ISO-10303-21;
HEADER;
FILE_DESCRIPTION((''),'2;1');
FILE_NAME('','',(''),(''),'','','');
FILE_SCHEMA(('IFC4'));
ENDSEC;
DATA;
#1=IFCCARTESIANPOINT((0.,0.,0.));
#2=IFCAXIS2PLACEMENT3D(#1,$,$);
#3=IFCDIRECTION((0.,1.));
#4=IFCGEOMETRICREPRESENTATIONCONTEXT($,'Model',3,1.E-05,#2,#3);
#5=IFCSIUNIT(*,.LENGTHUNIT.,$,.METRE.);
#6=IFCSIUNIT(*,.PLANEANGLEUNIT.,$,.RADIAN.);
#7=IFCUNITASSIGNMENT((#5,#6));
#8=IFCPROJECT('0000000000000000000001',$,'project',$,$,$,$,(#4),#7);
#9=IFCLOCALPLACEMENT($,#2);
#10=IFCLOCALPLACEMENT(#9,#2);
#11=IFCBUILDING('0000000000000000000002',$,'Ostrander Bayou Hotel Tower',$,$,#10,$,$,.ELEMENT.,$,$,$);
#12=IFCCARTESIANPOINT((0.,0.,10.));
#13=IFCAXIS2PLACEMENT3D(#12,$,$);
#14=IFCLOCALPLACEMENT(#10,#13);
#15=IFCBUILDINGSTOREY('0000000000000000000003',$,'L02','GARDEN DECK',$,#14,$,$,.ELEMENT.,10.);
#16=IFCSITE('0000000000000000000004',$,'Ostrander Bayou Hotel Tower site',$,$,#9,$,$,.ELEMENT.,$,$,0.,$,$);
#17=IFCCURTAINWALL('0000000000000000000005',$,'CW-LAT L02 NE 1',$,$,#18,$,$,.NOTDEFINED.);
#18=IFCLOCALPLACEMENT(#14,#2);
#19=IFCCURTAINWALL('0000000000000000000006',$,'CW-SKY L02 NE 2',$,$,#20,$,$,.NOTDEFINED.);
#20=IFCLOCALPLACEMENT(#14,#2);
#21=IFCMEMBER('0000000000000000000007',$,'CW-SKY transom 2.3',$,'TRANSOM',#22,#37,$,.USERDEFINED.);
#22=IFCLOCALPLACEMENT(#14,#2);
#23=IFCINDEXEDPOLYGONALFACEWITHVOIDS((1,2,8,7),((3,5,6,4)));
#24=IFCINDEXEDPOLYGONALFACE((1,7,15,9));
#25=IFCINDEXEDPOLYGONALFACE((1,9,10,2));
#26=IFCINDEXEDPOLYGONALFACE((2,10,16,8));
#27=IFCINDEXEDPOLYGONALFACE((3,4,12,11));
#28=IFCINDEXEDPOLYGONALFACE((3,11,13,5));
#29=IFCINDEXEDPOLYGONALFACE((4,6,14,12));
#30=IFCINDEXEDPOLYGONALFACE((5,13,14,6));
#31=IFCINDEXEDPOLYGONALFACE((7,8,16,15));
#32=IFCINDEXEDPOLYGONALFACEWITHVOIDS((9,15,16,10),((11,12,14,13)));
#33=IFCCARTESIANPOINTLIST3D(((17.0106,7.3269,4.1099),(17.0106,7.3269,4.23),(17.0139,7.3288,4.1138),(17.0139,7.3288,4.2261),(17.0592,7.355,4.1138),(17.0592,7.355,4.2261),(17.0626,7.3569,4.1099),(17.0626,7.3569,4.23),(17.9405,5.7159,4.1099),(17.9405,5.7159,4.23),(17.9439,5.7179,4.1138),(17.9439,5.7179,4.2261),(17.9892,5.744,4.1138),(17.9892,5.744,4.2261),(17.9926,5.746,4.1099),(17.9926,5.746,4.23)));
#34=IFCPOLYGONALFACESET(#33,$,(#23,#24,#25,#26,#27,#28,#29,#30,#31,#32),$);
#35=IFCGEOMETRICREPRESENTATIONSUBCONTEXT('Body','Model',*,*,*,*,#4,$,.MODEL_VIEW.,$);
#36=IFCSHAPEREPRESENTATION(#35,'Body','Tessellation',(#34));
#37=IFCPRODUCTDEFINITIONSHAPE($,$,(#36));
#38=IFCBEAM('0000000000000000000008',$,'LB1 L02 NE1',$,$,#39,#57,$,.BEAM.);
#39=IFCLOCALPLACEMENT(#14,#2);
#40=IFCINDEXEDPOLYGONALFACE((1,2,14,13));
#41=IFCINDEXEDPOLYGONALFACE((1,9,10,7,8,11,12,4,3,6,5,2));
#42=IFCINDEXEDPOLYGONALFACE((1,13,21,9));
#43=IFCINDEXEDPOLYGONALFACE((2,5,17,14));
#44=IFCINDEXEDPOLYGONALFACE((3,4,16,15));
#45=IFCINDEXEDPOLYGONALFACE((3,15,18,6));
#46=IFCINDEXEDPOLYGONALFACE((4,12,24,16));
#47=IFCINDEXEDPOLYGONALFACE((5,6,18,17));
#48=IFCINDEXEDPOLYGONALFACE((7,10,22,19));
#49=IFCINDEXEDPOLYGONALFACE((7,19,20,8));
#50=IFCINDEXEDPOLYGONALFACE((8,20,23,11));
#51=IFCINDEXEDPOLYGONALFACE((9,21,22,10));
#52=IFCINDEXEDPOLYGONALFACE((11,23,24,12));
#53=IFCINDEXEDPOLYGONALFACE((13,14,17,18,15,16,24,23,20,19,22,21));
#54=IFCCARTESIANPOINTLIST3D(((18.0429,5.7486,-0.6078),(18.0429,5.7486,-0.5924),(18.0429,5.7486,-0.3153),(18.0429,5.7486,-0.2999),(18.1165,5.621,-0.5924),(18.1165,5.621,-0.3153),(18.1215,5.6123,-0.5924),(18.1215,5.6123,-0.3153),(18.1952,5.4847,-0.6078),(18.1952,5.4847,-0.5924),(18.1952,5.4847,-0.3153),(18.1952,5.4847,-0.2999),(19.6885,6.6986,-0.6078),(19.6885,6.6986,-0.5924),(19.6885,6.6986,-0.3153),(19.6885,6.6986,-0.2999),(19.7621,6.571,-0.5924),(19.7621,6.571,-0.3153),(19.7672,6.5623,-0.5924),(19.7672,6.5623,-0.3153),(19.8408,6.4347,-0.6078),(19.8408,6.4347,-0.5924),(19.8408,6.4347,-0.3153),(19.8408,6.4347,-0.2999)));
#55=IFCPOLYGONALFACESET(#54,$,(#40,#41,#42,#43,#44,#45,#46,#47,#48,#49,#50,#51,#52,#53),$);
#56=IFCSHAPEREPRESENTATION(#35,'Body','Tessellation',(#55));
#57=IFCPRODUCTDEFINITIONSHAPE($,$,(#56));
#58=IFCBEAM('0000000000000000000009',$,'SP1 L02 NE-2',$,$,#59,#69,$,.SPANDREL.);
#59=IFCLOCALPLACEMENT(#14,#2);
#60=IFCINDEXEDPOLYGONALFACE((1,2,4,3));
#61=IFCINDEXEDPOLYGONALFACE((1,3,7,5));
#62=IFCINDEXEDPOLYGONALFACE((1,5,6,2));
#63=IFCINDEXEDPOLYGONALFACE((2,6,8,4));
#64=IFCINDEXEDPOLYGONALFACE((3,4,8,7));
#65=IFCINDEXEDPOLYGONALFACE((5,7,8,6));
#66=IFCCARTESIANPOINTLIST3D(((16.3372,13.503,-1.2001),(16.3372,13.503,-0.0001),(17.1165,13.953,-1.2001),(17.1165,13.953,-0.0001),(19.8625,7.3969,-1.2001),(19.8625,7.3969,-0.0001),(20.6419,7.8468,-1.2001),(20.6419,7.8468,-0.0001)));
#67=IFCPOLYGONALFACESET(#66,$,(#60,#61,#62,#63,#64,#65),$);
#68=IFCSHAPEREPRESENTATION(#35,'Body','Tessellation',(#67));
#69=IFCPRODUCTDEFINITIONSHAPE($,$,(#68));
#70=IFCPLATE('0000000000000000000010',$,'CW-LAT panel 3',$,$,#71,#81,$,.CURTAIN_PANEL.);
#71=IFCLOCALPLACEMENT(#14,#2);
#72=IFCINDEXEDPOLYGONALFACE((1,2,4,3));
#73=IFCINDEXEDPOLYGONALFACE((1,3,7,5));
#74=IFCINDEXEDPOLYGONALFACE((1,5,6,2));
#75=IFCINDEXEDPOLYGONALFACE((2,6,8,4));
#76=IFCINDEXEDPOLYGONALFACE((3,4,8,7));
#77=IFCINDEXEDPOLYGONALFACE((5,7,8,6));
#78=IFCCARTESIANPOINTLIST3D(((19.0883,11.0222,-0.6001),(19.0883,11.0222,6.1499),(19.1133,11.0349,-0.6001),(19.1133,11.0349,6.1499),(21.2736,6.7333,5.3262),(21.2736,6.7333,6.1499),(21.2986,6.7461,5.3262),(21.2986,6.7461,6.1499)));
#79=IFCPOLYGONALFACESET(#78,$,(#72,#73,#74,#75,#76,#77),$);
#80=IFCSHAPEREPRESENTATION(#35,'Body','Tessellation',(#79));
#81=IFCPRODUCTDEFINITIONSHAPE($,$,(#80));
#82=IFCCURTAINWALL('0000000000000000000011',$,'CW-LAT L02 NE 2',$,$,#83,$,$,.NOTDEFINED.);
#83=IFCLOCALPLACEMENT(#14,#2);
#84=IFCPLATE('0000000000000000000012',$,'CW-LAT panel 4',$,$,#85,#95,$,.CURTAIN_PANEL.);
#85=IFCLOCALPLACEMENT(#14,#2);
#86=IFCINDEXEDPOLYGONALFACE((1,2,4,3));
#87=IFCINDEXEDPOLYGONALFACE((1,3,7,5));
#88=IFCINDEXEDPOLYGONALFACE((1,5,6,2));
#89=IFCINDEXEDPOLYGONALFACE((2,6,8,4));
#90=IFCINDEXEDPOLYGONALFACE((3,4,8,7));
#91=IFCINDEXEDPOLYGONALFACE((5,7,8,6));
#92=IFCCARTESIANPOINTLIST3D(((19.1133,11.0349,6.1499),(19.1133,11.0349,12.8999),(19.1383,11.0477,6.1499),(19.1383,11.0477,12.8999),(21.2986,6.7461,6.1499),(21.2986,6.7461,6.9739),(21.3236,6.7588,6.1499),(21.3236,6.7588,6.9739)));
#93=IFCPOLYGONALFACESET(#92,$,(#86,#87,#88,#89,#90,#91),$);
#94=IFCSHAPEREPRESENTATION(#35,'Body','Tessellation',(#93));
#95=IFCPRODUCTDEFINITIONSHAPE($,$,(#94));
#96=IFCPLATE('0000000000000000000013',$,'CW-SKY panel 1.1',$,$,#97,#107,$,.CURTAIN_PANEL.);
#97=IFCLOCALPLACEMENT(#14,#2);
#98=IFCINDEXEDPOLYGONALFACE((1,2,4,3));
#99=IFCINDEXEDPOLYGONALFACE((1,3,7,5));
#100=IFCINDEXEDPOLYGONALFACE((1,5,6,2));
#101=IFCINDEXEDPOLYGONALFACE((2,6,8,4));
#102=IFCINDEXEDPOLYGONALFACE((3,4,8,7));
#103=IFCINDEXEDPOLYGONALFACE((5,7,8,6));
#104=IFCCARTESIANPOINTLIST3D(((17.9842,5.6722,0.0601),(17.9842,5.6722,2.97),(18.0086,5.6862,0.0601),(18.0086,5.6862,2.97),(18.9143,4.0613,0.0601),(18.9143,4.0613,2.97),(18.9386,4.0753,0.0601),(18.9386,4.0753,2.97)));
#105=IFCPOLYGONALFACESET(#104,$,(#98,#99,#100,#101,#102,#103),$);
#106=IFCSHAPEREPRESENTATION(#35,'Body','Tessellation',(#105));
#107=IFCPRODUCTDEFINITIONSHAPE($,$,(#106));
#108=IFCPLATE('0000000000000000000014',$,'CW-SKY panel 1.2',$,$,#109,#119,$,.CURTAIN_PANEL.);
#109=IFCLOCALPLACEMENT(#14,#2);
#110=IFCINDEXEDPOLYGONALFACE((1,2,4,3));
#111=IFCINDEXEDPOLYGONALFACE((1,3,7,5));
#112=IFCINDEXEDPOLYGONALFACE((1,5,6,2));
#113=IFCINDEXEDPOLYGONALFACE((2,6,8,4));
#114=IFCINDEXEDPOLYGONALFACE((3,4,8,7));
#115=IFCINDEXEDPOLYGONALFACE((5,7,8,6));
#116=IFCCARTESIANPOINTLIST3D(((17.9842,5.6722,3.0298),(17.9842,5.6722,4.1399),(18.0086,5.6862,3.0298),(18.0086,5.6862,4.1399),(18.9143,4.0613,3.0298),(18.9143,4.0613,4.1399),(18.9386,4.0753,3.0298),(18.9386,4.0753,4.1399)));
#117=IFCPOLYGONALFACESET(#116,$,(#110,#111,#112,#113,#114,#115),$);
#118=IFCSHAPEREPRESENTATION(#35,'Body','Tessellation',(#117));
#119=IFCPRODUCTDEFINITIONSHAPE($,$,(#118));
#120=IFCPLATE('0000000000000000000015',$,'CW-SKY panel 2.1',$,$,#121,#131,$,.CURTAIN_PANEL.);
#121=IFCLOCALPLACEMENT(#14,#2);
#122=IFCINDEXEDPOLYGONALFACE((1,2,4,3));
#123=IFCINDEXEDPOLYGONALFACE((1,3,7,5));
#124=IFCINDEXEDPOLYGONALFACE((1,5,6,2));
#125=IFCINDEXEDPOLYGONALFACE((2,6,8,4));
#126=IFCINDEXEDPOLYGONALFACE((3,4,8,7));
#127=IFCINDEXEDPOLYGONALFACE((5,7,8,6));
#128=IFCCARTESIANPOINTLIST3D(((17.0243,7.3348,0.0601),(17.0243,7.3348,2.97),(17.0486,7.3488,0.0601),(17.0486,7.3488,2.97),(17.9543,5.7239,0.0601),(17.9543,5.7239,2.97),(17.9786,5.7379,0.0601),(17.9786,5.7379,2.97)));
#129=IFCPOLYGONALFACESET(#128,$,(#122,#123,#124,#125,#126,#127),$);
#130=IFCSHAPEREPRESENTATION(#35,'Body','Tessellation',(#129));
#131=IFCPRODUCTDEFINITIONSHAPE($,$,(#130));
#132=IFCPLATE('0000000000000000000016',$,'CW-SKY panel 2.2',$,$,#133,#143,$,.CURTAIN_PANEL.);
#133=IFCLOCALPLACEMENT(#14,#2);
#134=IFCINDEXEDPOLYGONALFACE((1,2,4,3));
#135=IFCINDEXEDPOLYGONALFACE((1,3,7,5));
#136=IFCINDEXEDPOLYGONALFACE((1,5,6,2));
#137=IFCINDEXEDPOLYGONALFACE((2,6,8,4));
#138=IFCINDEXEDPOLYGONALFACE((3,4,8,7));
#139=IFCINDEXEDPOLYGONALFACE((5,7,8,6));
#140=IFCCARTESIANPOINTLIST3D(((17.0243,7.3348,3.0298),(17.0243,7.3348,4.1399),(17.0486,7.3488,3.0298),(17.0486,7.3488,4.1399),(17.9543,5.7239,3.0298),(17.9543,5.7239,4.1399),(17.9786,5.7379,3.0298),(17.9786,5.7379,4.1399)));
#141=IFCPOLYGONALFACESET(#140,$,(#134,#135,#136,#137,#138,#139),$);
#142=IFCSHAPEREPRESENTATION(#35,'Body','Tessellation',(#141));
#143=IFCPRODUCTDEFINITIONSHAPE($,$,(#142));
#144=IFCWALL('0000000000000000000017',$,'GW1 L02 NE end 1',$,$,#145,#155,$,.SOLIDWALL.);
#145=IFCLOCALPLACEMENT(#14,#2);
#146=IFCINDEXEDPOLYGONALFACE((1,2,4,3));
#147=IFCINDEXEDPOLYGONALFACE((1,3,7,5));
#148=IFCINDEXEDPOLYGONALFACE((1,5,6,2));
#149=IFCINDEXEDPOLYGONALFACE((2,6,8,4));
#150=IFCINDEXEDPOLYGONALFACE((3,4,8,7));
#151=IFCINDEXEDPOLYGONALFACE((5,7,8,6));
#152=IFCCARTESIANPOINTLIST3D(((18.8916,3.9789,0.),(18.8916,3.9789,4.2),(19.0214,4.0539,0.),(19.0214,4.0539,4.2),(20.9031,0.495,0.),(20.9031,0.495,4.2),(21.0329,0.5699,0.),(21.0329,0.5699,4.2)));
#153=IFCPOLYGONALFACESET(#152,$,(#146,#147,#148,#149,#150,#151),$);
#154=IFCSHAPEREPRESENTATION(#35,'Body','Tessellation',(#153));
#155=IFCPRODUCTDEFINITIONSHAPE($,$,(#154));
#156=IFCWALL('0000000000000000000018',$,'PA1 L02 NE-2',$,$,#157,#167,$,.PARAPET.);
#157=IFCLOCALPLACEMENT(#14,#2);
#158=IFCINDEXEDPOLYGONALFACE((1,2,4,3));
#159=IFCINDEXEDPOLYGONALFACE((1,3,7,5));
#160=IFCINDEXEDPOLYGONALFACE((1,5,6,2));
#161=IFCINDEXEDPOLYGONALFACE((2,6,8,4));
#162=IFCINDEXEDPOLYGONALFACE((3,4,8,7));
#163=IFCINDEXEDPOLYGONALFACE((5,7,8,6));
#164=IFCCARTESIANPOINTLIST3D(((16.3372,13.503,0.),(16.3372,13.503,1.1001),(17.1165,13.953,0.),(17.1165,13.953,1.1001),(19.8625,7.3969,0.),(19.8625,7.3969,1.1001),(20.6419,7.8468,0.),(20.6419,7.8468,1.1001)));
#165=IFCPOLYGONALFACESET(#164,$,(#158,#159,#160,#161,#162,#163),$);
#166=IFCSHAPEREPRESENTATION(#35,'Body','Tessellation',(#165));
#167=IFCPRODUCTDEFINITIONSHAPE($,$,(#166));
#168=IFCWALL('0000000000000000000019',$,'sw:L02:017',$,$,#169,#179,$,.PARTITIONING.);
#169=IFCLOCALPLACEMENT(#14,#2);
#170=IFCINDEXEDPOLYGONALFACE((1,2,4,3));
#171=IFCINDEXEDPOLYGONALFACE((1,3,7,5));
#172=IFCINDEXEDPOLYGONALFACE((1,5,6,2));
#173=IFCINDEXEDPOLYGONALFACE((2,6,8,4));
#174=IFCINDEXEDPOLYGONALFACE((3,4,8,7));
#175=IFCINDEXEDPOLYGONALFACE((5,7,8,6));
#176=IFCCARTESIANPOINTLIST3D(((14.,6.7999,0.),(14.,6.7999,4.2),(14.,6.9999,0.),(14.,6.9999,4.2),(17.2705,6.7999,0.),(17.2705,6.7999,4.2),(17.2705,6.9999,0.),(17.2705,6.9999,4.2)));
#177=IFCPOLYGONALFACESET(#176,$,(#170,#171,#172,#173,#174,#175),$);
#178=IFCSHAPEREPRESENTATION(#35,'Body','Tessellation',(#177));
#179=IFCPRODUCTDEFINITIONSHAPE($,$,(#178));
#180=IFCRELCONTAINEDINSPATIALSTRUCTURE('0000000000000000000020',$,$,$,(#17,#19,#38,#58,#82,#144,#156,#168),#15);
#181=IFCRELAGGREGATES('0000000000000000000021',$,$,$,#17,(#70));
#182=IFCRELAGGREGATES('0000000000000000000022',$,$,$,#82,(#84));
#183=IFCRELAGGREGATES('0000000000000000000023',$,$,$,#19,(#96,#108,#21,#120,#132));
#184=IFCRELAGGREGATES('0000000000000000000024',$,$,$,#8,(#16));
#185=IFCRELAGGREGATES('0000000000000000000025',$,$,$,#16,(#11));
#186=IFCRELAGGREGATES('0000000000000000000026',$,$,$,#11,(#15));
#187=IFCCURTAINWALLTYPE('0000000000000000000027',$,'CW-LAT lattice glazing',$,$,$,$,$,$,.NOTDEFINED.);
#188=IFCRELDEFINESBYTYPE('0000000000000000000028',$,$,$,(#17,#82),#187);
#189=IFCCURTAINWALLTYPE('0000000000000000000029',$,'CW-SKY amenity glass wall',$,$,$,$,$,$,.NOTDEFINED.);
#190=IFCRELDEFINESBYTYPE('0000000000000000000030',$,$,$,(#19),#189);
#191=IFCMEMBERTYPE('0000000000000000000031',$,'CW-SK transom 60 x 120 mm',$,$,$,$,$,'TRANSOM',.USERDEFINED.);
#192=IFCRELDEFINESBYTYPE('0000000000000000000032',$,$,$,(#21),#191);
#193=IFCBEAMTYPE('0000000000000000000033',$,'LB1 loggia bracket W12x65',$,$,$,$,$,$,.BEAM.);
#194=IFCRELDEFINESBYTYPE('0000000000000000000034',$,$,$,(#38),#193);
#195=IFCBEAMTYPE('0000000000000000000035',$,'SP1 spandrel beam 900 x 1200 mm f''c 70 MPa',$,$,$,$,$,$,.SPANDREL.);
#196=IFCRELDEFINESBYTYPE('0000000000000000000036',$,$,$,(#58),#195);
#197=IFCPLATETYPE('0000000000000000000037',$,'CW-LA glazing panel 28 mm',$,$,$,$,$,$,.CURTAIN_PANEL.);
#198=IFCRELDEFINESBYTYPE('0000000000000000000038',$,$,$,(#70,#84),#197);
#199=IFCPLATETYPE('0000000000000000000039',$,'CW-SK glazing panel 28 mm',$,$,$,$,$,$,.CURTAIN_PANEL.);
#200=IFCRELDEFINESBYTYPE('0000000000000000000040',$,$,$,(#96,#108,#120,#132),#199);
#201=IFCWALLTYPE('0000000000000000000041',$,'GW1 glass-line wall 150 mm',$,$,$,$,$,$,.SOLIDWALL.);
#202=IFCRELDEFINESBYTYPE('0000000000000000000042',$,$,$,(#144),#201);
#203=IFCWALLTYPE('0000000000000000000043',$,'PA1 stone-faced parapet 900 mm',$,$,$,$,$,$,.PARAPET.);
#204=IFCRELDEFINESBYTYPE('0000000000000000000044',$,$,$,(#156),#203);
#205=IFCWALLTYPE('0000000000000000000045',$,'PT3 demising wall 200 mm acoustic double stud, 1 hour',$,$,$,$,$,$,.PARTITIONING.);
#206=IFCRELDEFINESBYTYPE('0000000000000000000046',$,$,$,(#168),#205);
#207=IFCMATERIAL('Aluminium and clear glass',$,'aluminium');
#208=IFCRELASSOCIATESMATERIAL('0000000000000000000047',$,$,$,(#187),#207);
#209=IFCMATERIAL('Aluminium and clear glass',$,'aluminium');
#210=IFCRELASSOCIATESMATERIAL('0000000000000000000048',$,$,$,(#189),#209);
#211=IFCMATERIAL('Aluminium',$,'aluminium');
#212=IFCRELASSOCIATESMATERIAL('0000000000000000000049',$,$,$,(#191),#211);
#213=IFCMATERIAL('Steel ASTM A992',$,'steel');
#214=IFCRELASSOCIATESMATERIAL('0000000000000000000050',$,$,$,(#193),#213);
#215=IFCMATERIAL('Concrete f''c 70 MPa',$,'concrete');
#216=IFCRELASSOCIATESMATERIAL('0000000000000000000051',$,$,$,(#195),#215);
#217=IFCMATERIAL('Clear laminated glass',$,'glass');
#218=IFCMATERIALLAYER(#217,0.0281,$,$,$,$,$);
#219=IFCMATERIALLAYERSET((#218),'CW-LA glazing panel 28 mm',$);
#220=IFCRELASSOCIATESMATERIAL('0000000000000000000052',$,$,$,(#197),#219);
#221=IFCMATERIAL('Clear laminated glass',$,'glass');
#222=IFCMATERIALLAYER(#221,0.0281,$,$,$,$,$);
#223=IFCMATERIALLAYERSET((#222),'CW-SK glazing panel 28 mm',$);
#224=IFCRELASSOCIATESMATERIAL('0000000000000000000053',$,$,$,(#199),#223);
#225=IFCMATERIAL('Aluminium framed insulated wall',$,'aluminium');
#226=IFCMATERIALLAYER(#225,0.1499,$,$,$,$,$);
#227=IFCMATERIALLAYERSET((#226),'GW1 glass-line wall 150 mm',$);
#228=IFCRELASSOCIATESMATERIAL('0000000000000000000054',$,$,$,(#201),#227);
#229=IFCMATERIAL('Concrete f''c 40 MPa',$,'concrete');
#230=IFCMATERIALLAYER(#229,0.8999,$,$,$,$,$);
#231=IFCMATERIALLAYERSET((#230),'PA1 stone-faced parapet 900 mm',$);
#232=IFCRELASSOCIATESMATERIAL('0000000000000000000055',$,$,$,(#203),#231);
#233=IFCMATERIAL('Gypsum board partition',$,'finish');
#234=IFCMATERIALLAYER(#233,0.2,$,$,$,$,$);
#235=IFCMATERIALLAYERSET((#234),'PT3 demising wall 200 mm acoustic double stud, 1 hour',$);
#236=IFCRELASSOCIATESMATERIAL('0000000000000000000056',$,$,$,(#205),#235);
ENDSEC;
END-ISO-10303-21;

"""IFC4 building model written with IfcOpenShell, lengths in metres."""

from ifc_helpers import new_model, si_unit, direction, frame, frame_2d, origin, origin_2d, place, context, subcontext, project, spatial, polyline, rectangle, hollow_rectangle, i_section, outline, extrude, material, layer, layer_set, material_profile, profile_set, type_object, element, aggregate, save


model = new_model("IFC4")

# Units and contexts
model_context = context("Model", 3, precision=1e-05, world=origin(), true_north=direction((0.0, 1.0)))
body_context = subcontext(model_context, "Body", "Model", "MODEL_VIEW")
ifc_project = project(units=[si_unit("LENGTHUNIT", "METRE"), si_unit("PLANEANGLEUNIT", "RADIAN")], contexts=[model_context])

# Site, building, storey
site_placement = place(None, origin())
site = spatial("IfcSite", under=ifc_project, at=site_placement, Name="Ostrander Bayou Hotel Tower site", CompositionType="ELEMENT", RefElevation=0.0)
building_placement = place(site_placement, origin())
building = spatial("IfcBuilding", under=site, at=building_placement, Name="Ostrander Bayou Hotel Tower", CompositionType="ELEMENT")
storey_placement = place(building_placement, frame((0.0, 0.0, 10.0)))
storey = spatial("IfcBuildingStorey", under=building, at=storey_placement, Name="L02", Description="GARDEN DECK", CompositionType="ELEMENT", Elevation=10.0)

# Curtain wall
ifc_material_1 = material(Name="Aluminium and clear glass", Category="aluminium")
curtain_wall_type_1 = type_object("IfcCurtainWallType", Name="CW-LAT lattice glazing", PredefinedType="NOTDEFINED", material=ifc_material_1)
curtain_wall_1_placement = place(storey_placement, origin())
curtain_wall_1 = element("IfcCurtainWall", 1, at=curtain_wall_1_placement, inside=storey, type_object=curtain_wall_type_1, Name="CW-LAT L02 NE 1", PredefinedType="NOTDEFINED")

# Curtain wall, member
ifc_material_2 = material(Name="Aluminium and clear glass", Category="aluminium")
curtain_wall_type_2 = type_object("IfcCurtainWallType", Name="CW-SKY amenity glass wall", PredefinedType="NOTDEFINED", material=ifc_material_2)
curtain_wall_2_placement = place(storey_placement, origin())
curtain_wall_2 = element("IfcCurtainWall", 2, at=curtain_wall_2_placement, inside=storey, type_object=curtain_wall_type_2, Name="CW-SKY L02 NE 2", PredefinedType="NOTDEFINED")
ifc_material_3 = material(Name="Aluminium", Category="aluminium")
ifc_material_profile_1 = material_profile(ifc_material_3, hollow_rectangle(XDim=0.0601, YDim=0.1201, WallThickness=0.0039, at=origin_2d()))
ifc_profile_set_1 = profile_set([ifc_material_profile_1], Name="Aluminium")
member_type_1 = type_object("IfcMemberType", Name="CW-SK transom 60 x 120 mm", ElementType="TRANSOM", PredefinedType="USERDEFINED", material=ifc_profile_set_1)
member_1_placement = place(storey_placement, frame((17.9666, 5.731, 4.1699), z_axis=(-0.499965, 0.866046, 0.0), x_axis=(-0.866046, -0.499965, 0.0)))
member_1 = element("IfcMember", 3, at=member_1_placement, type_object=member_type_1, Name="CW-SKY transom 2.3", ObjectType="TRANSOM", PredefinedType="USERDEFINED", context=body_context, shape_type="SweptSolid", body=[
    extrude(hollow_rectangle(XDim=0.0601, YDim=0.1201, WallThickness=0.0039, at=origin_2d()), origin(), (0.0, 0.0, 1.0), 1.8601),
])

# Beams
ifc_material_4 = material(Name="Steel ASTM A992", Category="steel")
ifc_material_profile_2 = material_profile(ifc_material_4, i_section(OverallWidth=0.3047, OverallDepth=0.3079, WebThickness=0.01, FlangeThickness=0.0154, at=origin_2d()))
ifc_profile_set_2 = profile_set([ifc_material_profile_2], Name="Steel ASTM A992")
beam_type_1 = type_object("IfcBeamType", Name="LB1 loggia bracket W12x65", PredefinedType="BEAM", material=ifc_profile_set_2)
beam_1_placement = place(storey_placement, frame((19.7646, 6.5667, -0.4539), z_axis=(-0.866044, -0.499967, 0.0), x_axis=(0.499967, -0.866044, 0.0)))
element("IfcBeam", 4, at=beam_1_placement, inside=storey, type_object=beam_type_1, Name="LB1 L02 NE1", PredefinedType="BEAM", context=body_context, shape_type="SweptSolid", body=[
    extrude(i_section(OverallWidth=0.3047, OverallDepth=0.3079, WebThickness=0.01, FlangeThickness=0.0154, at=origin_2d()), origin(), (0.0, 0.0, 1.0), 1.9001),
])
ifc_material_5 = material(Name="Concrete f'c 70 MPa", Category="concrete")
ifc_material_profile_3 = material_profile(ifc_material_5, rectangle(XDim=0.8999, YDim=1.2, at=origin_2d()))
ifc_profile_set_3 = profile_set([ifc_material_profile_3], Name="Concrete f'c 70 MPa")
beam_type_2 = type_object("IfcBeamType", Name="SP1 spandrel beam 900 x 1200 mm f'c 70 MPa", PredefinedType="SPANDREL", material=ifc_profile_set_3)
beam_2_placement = place(storey_placement, frame((20.2522, 7.6218, -0.6001), z_axis=(-0.499997, 0.866027, 0.0), x_axis=(-0.866027, -0.499997, 0.0)))
element("IfcBeam", 5, at=beam_2_placement, inside=storey, type_object=beam_type_2, Name="SP1 L02 NE-2", PredefinedType="SPANDREL", context=body_context, shape_type="SweptSolid", body=[
    extrude(rectangle(XDim=0.8999, YDim=1.2, at=origin_2d()), origin(), (0.0, 0.0, 1.0), 7.0508),
])

# Plate
ifc_material_6 = material(Name="Clear laminated glass", Category="glass")
ifc_layer_1 = layer(ifc_material_6, 0.0281)
ifc_layer_set_1 = layer_set([ifc_layer_1], Name="CW-LA glazing panel 28 mm")
plate_type_1 = type_object("IfcPlateType", Name="CW-LA glazing panel 28 mm", PredefinedType="CURTAIN_PANEL", material=ifc_layer_set_1)
plate_1_placement = place(storey_placement, frame((21.2986, 6.7461, 5.3262), z_axis=(0.891003, 0.453997, 0.0), x_axis=(-0.286229, 0.561746, -0.776218)))
plate_1 = element("IfcPlate", 6, at=plate_1_placement, type_object=plate_type_1, Name="CW-LAT panel 3", PredefinedType="CURTAIN_PANEL", context=body_context, shape_type="SweptSolid", body=[
    extrude(outline(polyline([(0.0, 0.0), (7.6348, 0.0), (2.3953, 4.2556), (-0.6394, 0.5193), (0.0, 0.0)])), origin(), (0.0, 0.0, -1.0), 0.0281),
])
aggregate(curtain_wall_1, [plate_1])

# Curtain wall, plate
curtain_wall_3_placement = place(storey_placement, origin())
curtain_wall_3 = element("IfcCurtainWall", 7, at=curtain_wall_3_placement, inside=storey, type_object=curtain_wall_type_1, Name="CW-LAT L02 NE 2", PredefinedType="NOTDEFINED")
plate_2_placement = place(storey_placement, frame((21.2986, 6.7461, 6.9739), z_axis=(-0.891003, -0.453997, 0.0), x_axis=(-0.286236, 0.56176, 0.776205)))
plate_2 = element("IfcPlate", 8, at=plate_2_placement, type_object=plate_type_1, Name="CW-LAT panel 4", PredefinedType="CURTAIN_PANEL", context=body_context, shape_type="SweptSolid", body=[
    extrude(outline(polyline([(0.0, 0.0), (7.6346, 0.0), (2.3952, 4.2557), (-0.6396, 0.5195), (0.0, 0.0)])), origin(), (0.0, 0.0, -1.0), 0.0281),
])
aggregate(curtain_wall_3, [plate_2])

# Plates
ifc_material_7 = material(Name="Clear laminated glass", Category="glass")
ifc_layer_2 = layer(ifc_material_7, 0.0281)
ifc_layer_set_2 = layer_set([ifc_layer_2], Name="CW-SK glazing panel 28 mm")
plate_type_2 = type_object("IfcPlateType", Name="CW-SK glazing panel 28 mm", PredefinedType="CURTAIN_PANEL", material=ifc_layer_set_2)
plate_3_placement = place(storey_placement, frame((18.4614, 4.8738, 0.0601), z_axis=(0.0, 0.0, 1.0), x_axis=(-0.5, 0.866025, 0.0)))
plate_3 = element("IfcPlate", 9, at=plate_3_placement, type_object=plate_type_2, Name="CW-SKY panel 1.1", PredefinedType="CURTAIN_PANEL", context=body_context, shape_type="SweptSolid", body=[
    extrude(rectangle(XDim=1.8601, YDim=0.0281, at=origin_2d()), origin(), (0.0, 0.0, 1.0), 2.9099),
])
plate_4_placement = place(storey_placement, frame((18.4614, 4.8738, 3.0298), z_axis=(0.0, 0.0, 1.0), x_axis=(-0.5, 0.866025, 0.0)))
plate_4 = element("IfcPlate", 10, at=plate_4_placement, type_object=plate_type_2, Name="CW-SKY panel 1.2", PredefinedType="CURTAIN_PANEL", context=body_context, shape_type="SweptSolid", body=[
    extrude(rectangle(XDim=1.8601, YDim=0.0281, at=origin_2d()), origin(), (0.0, 0.0, 1.0), 1.1101),
])
plate_5_placement = place(storey_placement, frame((17.5015, 6.5364, 0.0601), z_axis=(0.0, 0.0, 1.0), x_axis=(-0.5, 0.866025, 0.0)))
plate_5 = element("IfcPlate", 11, at=plate_5_placement, type_object=plate_type_2, Name="CW-SKY panel 2.1", PredefinedType="CURTAIN_PANEL", context=body_context, shape_type="SweptSolid", body=[
    extrude(rectangle(XDim=1.8601, YDim=0.0281, at=origin_2d()), origin(), (0.0, 0.0, 1.0), 2.9099),
])
plate_6_placement = place(storey_placement, frame((17.5015, 6.5364, 3.0298), z_axis=(0.0, 0.0, 1.0), x_axis=(-0.5, 0.866025, 0.0)))
plate_6 = element("IfcPlate", 12, at=plate_6_placement, type_object=plate_type_2, Name="CW-SKY panel 2.2", PredefinedType="CURTAIN_PANEL", context=body_context, shape_type="SweptSolid", body=[
    extrude(rectangle(XDim=1.8601, YDim=0.0281, at=origin_2d()), origin(), (0.0, 0.0, 1.0), 1.1101),
])
aggregate(curtain_wall_2, [plate_3, plate_4, member_1, plate_5, plate_6])

# Shared definitions
ifc_material_8 = material(Name="Aluminium framed insulated wall", Category="aluminium")
ifc_layer_3 = layer(ifc_material_8, 0.1499)
ifc_layer_set_3 = layer_set([ifc_layer_3], Name="GW1 glass-line wall 150 mm")
wall_type_1 = type_object("IfcWallType", Name="GW1 glass-line wall 150 mm", PredefinedType="SOLIDWALL", material=ifc_layer_set_3)

# Walls
wall_1_placement = place(storey_placement, frame((20.968, 0.5325, 0.0), z_axis=(0.0, 0.0, 1.0), x_axis=(-0.50001, 0.86602, 0.0)))
element("IfcWall", 13, at=wall_1_placement, inside=storey, type_object=wall_type_1, Name="GW1 L02 NE end 1", PredefinedType="SOLIDWALL", context=body_context, shape_type="SweptSolid", body=[
    extrude(rectangle(XDim=4.0229, YDim=0.1499, at=frame_2d((2.0115, 0.0))), origin(), (0.0, 0.0, 1.0), 4.2),
])
ifc_material_9 = material(Name="Concrete f'c 40 MPa", Category="concrete")
ifc_layer_4 = layer(ifc_material_9, 0.8999)
ifc_layer_set_4 = layer_set([ifc_layer_4], Name="PA1 stone-faced parapet 900 mm")
wall_type_2 = type_object("IfcWallType", Name="PA1 stone-faced parapet 900 mm", PredefinedType="PARAPET", material=ifc_layer_set_4)
wall_2_placement = place(storey_placement, frame((20.2522, 7.6218, 0.0), z_axis=(0.0, 0.0, 1.0), x_axis=(-0.499997, 0.866027, 0.0)))
element("IfcWall", 14, at=wall_2_placement, inside=storey, type_object=wall_type_2, Name="PA1 L02 NE-2", PredefinedType="PARAPET", context=body_context, shape_type="SweptSolid", body=[
    extrude(rectangle(XDim=7.0508, YDim=0.8999, at=frame_2d((3.5254, 0.0))), origin(), (0.0, 0.0, 1.0), 1.1001),
])
ifc_material_10 = material(Name="Gypsum board partition", Category="finish")
ifc_layer_5 = layer(ifc_material_10, 0.2)
ifc_layer_set_5 = layer_set([ifc_layer_5], Name="PT3 demising wall 200 mm acoustic double stud, 1 hour")
wall_type_3 = type_object("IfcWallType", Name="PT3 demising wall 200 mm acoustic double stud, 1 hour", PredefinedType="PARTITIONING", material=ifc_layer_set_5)
wall_3_placement = place(storey_placement, frame((14.0, 6.8999, 0.0), z_axis=(0.0, 0.0, 1.0), x_axis=(1.0, 0.0, 0.0)))
element("IfcWall", 15, at=wall_3_placement, inside=storey, type_object=wall_type_3, Name="sw:L02:017", PredefinedType="PARTITIONING", context=body_context, shape_type="SweptSolid", body=[
    extrude(rectangle(XDim=3.2705, YDim=0.2, at=frame_2d((1.6353, 0.0))), origin(), (0.0, 0.0, 1.0), 4.2),
])

save(model, "model.ifc")
